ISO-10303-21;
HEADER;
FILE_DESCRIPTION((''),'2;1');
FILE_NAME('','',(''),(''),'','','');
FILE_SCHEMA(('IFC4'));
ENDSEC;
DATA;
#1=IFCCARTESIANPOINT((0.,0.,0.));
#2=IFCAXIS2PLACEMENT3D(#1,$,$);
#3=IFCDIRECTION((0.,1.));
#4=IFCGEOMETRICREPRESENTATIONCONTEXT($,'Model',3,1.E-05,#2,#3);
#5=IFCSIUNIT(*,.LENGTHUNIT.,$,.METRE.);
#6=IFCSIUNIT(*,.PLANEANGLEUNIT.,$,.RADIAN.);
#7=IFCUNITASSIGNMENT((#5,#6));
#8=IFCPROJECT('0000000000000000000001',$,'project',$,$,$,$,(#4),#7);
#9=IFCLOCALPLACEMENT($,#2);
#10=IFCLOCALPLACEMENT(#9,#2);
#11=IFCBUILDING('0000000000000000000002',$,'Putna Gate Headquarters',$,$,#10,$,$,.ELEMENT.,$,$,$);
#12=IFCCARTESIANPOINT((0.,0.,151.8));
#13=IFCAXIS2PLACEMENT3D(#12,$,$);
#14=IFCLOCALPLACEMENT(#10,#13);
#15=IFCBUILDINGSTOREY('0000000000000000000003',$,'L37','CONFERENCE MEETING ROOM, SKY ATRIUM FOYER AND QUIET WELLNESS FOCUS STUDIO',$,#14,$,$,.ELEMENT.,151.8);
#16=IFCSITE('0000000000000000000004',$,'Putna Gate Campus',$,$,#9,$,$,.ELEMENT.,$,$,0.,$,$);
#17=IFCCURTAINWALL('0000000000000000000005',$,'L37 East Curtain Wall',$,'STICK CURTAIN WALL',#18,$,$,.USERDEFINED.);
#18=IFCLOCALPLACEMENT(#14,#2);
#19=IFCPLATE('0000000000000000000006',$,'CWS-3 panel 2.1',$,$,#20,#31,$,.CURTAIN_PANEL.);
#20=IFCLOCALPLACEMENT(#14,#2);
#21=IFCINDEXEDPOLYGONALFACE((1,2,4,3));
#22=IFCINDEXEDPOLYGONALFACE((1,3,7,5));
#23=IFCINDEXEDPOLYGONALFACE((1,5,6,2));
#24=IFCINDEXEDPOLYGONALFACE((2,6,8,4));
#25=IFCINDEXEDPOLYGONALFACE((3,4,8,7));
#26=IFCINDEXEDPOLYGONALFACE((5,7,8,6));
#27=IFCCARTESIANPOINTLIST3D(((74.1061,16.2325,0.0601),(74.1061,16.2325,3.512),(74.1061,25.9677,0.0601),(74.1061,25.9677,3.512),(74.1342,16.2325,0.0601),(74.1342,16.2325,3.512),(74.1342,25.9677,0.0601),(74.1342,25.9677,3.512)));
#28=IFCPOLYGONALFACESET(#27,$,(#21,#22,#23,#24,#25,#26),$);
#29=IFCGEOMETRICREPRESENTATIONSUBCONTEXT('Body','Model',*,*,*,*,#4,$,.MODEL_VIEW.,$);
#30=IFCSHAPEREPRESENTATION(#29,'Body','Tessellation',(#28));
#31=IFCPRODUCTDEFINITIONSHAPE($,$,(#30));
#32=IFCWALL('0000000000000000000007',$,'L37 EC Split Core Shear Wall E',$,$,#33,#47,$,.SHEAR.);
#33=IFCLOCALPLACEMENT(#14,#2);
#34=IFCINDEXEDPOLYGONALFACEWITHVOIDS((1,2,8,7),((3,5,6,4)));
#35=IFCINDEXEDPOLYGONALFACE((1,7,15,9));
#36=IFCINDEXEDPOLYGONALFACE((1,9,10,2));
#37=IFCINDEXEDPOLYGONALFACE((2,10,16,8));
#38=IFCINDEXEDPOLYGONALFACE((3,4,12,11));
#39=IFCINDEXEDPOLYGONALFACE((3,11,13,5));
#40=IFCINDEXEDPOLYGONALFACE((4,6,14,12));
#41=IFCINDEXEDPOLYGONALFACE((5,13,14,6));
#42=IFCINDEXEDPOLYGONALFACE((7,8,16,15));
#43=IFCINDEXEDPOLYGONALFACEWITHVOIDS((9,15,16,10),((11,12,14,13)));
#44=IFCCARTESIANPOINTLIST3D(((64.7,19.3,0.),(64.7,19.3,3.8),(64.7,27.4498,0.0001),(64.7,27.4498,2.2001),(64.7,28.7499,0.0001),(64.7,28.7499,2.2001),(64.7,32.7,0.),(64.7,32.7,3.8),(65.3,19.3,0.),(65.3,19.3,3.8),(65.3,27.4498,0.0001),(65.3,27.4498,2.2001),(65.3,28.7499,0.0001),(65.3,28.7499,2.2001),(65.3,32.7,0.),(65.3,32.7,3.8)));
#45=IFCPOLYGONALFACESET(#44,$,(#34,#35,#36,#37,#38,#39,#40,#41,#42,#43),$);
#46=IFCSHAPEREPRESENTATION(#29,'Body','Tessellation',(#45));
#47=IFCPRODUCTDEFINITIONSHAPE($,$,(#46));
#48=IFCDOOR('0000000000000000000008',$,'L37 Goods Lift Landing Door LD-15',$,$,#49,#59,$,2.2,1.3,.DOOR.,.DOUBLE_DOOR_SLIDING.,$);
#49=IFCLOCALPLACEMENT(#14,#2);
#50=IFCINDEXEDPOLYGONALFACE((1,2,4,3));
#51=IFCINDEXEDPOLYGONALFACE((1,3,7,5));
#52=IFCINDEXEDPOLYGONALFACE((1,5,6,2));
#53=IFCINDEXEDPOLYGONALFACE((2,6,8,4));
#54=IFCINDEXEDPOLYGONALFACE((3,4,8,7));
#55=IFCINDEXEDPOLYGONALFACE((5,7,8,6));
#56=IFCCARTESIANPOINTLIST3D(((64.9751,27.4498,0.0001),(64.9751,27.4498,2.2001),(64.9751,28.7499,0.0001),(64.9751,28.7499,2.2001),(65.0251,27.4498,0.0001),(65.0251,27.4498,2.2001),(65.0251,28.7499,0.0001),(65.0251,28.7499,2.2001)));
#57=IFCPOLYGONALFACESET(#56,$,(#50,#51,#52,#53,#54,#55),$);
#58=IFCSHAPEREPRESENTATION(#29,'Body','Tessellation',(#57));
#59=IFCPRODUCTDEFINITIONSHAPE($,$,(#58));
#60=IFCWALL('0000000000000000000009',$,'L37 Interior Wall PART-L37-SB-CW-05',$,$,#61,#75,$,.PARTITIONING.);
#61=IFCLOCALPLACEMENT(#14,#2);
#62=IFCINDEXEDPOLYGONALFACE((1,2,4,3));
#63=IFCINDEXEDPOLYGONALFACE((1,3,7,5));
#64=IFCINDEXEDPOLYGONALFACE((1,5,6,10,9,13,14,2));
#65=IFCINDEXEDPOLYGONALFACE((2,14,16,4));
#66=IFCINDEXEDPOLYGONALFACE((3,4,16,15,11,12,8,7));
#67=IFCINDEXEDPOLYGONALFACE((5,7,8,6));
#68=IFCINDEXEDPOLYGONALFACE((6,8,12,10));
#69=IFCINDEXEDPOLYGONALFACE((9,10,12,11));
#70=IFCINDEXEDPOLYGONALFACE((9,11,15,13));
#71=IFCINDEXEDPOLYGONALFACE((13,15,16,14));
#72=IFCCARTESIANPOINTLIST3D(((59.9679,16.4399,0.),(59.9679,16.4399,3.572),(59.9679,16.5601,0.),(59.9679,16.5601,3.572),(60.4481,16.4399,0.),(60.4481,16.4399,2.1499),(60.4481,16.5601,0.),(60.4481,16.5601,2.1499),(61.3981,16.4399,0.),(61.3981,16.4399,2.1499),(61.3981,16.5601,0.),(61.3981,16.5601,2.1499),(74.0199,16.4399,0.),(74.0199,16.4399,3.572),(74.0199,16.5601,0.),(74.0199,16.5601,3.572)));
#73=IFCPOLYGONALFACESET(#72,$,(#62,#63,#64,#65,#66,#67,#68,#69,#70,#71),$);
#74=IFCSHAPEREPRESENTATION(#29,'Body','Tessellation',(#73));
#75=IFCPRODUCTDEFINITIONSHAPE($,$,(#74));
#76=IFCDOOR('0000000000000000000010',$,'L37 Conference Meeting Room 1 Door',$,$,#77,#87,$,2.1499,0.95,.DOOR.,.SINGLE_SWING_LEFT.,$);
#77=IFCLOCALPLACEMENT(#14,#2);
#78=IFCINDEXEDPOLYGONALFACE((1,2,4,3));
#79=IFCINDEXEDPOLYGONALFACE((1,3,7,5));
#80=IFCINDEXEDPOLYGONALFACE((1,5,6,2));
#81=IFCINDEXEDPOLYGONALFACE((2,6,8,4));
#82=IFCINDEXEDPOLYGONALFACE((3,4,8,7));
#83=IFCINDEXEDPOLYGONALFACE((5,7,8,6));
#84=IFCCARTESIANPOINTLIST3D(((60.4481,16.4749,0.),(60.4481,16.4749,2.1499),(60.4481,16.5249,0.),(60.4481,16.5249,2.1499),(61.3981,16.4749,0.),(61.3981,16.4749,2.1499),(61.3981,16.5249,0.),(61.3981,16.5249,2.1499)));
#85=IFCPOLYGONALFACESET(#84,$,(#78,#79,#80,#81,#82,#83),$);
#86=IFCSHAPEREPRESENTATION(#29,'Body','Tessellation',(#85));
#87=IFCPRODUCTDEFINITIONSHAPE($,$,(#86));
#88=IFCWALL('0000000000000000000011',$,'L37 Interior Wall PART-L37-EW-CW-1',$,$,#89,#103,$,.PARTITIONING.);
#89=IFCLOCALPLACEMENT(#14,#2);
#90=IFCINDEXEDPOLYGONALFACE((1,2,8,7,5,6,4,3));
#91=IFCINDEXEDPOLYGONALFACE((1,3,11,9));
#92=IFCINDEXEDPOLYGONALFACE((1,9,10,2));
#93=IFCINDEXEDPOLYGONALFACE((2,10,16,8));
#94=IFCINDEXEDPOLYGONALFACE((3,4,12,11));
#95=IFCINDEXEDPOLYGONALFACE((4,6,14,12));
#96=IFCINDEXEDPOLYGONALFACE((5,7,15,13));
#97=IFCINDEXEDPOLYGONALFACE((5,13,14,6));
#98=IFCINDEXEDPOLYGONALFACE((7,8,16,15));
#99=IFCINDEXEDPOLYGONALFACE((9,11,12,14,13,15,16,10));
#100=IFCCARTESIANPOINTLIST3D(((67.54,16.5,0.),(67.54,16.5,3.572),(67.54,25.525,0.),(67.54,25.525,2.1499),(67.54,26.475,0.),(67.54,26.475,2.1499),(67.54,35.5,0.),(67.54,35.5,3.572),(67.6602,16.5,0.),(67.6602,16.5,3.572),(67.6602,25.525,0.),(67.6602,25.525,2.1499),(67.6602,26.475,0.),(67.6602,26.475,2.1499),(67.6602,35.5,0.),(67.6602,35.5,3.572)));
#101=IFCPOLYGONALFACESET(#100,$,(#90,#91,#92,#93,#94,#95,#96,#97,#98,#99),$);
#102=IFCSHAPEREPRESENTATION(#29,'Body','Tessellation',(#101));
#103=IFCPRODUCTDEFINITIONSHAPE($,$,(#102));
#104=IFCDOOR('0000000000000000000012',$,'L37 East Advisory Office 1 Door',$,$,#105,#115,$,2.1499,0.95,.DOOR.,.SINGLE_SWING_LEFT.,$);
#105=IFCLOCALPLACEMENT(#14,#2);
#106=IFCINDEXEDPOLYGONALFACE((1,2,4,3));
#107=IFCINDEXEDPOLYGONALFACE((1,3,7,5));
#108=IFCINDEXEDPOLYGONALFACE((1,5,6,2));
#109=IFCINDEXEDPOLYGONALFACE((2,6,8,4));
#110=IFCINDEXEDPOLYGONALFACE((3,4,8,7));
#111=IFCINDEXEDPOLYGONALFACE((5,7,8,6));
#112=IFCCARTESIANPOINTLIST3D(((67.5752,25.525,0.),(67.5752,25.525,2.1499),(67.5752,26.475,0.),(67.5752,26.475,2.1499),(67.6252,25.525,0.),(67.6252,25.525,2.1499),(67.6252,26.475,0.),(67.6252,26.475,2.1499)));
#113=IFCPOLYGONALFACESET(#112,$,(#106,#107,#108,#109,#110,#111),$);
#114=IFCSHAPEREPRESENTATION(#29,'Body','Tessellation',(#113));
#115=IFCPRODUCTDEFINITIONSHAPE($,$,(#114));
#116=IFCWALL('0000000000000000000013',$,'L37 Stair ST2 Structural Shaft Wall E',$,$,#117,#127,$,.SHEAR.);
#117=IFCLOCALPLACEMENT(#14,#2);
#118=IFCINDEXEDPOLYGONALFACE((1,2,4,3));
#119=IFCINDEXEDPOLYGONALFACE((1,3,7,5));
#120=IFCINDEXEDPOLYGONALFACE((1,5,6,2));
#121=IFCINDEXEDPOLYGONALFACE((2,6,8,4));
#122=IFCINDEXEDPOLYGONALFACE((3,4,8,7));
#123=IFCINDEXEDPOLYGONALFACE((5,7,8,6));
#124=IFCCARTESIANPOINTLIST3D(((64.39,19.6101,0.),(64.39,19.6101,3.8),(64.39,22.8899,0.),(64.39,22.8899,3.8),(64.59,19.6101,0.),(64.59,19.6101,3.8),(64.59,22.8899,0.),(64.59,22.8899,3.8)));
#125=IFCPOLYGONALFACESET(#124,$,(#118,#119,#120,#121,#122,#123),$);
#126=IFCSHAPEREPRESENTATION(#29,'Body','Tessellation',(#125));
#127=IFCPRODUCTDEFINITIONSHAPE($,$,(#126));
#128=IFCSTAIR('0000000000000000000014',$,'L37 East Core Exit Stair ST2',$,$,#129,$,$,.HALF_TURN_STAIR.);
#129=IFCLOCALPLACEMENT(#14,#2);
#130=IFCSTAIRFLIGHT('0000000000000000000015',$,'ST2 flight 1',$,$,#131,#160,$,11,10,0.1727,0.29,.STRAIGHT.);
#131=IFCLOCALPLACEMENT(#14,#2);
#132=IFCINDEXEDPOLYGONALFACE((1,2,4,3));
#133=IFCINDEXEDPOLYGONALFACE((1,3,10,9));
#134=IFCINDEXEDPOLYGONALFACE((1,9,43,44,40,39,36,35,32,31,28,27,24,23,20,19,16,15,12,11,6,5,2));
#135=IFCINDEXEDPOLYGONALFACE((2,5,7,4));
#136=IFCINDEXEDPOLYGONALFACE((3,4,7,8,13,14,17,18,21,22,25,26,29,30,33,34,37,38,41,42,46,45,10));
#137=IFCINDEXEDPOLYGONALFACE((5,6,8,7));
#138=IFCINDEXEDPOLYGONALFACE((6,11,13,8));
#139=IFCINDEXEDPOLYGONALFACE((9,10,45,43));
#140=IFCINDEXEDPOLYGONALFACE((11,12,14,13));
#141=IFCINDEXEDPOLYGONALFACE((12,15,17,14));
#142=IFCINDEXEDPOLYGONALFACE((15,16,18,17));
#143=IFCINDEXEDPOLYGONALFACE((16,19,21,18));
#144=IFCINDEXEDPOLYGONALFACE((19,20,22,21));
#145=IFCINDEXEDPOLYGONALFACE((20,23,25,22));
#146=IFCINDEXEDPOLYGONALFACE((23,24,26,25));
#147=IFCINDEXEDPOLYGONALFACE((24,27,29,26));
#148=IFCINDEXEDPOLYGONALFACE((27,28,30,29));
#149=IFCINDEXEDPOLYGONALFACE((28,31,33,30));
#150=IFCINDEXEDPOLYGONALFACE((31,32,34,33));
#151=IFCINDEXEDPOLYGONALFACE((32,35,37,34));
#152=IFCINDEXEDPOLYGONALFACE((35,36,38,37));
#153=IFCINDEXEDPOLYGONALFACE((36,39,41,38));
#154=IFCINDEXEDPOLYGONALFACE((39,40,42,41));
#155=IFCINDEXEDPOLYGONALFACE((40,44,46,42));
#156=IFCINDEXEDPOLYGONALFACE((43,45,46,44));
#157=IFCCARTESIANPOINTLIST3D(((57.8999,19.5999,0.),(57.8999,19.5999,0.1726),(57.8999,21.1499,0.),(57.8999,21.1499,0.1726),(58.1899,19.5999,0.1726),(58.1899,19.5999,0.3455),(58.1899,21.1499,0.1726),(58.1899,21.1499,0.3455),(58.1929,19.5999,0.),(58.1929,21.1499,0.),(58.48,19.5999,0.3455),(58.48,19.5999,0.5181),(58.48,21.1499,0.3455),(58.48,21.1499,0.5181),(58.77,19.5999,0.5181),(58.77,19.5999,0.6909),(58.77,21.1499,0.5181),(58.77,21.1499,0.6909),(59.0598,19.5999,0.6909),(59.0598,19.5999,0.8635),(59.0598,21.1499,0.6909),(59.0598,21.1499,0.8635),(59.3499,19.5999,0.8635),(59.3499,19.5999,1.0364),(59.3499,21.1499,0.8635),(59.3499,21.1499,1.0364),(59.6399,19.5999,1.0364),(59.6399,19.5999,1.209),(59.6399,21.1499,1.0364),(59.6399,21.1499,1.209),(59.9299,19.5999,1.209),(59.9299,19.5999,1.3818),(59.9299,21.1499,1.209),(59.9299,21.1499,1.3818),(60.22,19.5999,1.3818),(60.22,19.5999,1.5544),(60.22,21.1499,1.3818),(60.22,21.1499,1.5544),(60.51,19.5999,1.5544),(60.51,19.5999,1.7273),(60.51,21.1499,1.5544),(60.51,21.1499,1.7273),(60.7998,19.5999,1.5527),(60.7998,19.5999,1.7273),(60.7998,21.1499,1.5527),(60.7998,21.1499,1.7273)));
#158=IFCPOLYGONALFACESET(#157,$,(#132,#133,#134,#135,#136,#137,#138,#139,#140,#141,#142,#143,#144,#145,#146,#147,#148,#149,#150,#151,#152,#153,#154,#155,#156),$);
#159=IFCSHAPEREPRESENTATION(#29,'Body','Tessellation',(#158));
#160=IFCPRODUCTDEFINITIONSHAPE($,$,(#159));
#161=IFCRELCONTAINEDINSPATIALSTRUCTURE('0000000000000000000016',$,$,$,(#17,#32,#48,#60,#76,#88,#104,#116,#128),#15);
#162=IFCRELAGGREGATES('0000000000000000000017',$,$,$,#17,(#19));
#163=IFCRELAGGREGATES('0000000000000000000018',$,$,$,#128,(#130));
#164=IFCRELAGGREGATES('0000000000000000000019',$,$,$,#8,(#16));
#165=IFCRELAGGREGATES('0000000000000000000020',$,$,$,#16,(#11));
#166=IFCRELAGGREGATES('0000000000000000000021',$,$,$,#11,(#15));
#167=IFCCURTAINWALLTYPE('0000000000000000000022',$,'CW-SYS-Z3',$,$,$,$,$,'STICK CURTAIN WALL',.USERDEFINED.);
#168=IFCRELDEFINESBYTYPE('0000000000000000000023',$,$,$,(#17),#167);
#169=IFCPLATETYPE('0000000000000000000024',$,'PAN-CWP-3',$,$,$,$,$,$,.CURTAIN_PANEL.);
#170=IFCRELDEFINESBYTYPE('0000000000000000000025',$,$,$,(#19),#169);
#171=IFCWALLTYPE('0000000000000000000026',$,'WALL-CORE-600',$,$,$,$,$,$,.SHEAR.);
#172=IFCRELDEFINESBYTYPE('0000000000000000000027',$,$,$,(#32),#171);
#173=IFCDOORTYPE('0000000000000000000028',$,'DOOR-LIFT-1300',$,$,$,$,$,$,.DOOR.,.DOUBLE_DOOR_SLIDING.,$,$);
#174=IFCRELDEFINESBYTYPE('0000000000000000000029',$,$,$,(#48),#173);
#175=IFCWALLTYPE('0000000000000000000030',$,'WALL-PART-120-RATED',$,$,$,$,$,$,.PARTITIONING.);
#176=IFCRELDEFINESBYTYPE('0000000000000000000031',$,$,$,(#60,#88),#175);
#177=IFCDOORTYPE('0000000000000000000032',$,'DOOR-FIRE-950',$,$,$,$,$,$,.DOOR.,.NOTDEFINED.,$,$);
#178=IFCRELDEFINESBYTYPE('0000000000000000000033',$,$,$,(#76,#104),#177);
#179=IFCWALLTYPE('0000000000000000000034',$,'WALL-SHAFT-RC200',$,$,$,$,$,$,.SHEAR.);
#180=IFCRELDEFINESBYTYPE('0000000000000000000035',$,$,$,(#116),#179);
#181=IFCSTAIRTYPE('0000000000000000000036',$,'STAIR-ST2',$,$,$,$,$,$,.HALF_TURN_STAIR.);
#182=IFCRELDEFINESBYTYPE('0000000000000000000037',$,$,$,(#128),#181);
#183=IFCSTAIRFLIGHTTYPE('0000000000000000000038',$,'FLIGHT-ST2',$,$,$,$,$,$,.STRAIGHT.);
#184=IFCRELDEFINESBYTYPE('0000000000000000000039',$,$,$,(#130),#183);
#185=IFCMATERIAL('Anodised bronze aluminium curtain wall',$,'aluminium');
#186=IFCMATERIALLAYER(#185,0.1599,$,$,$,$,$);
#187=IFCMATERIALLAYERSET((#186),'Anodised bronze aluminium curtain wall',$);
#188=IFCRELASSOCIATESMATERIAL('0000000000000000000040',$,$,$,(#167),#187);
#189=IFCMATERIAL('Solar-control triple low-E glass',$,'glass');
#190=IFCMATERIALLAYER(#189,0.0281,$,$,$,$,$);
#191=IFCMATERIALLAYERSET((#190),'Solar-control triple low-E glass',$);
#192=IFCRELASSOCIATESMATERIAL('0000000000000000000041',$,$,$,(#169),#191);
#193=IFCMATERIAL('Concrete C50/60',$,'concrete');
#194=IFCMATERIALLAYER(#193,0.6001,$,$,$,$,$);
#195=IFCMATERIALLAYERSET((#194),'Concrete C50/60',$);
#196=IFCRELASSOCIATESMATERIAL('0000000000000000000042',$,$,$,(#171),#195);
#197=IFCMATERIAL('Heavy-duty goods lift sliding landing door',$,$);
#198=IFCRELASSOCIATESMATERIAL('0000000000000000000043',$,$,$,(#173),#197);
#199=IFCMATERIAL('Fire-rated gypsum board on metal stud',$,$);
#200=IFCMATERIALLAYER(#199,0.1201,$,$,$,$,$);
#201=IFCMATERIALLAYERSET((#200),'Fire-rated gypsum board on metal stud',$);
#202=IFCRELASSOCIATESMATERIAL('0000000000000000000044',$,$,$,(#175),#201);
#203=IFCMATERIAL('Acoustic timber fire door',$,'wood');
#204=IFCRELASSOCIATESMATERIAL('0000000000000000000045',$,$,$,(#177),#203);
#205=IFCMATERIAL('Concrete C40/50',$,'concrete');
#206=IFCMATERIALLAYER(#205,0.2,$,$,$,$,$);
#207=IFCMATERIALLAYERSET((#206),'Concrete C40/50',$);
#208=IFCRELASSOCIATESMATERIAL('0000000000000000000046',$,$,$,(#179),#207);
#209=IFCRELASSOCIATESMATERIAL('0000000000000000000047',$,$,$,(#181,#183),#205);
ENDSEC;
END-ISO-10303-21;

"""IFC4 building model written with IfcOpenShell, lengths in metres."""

from ifc_helpers import new_model, si_unit, direction, frame, frame_2d, origin, origin_2d, place, context, subcontext, project, spatial, polyline, rectangle, outline, extrude, material, layer, layer_set, type_object, element, fill, aggregate, save


model = new_model("IFC4")

# Units and contexts
model_context = context("Model", 3, precision=1e-05, world=origin(), true_north=direction((0.0, 1.0)))
body_context = subcontext(model_context, "Body", "Model", "MODEL_VIEW")
ifc_project = project(units=[si_unit("LENGTHUNIT", "METRE"), si_unit("PLANEANGLEUNIT", "RADIAN")], contexts=[model_context])

# Site, building, storey
site_placement = place(None, origin())
site = spatial("IfcSite", under=ifc_project, at=site_placement, Name="Putna Gate Campus", CompositionType="ELEMENT", RefElevation=0.0)
building_placement = place(site_placement, origin())
building = spatial("IfcBuilding", under=site, at=building_placement, Name="Putna Gate Headquarters", CompositionType="ELEMENT")
storey_placement = place(building_placement, frame((0.0, 0.0, 151.8)))
storey = spatial("IfcBuildingStorey", under=building, at=storey_placement, Name="L37", Description="CONFERENCE MEETING ROOM, SKY ATRIUM FOYER AND QUIET WELLNESS FOCUS STUDIO", CompositionType="ELEMENT", Elevation=151.8)

# Shared definitions
ifc_material_1 = material(Name="Concrete C50/60", Category="concrete")

# Curtain wall, plate
ifc_material_2 = material(Name="Anodised bronze aluminium curtain wall", Category="aluminium")
ifc_layer_1 = layer(ifc_material_2, 0.1599)
ifc_layer_set_1 = layer_set([ifc_layer_1], Name="Anodised bronze aluminium curtain wall")
curtain_wall_type = type_object("IfcCurtainWallType", Name="CW-SYS-Z3", ElementType="STICK CURTAIN WALL", PredefinedType="USERDEFINED", material=ifc_layer_set_1)
curtain_wall_placement = place(storey_placement, origin())
curtain_wall = element("IfcCurtainWall", 1, at=curtain_wall_placement, inside=storey, type_object=curtain_wall_type, Name="L37 East Curtain Wall", ObjectType="STICK CURTAIN WALL", PredefinedType="USERDEFINED")
ifc_material_3 = material(Name="Solar-control triple low-E glass", Category="glass")
ifc_layer_2 = layer(ifc_material_3, 0.0281)
ifc_layer_set_2 = layer_set([ifc_layer_2], Name="Solar-control triple low-E glass")
plate_type = type_object("IfcPlateType", Name="PAN-CWP-3", PredefinedType="CURTAIN_PANEL", material=ifc_layer_set_2)
plate_placement = place(storey_placement, frame((74.1201, 21.1001, 0.0601), z_axis=(0.0, 0.0, 1.0), x_axis=(0.0, 1.0, 0.0)))
plate = element("IfcPlate", 2, at=plate_placement, type_object=plate_type, Name="CWS-3 panel 2.1", PredefinedType="CURTAIN_PANEL", context=body_context, shape_type="SweptSolid", body=[
    extrude(rectangle(XDim=9.7351, YDim=0.0281, at=origin_2d()), origin(), (0.0, 0.0, 1.0), 3.4519),
])
aggregate(curtain_wall, [plate])

# Walls, openings, doors
ifc_layer_3 = layer(ifc_material_1, 0.6001)
ifc_layer_set_3 = layer_set([ifc_layer_3], Name="Concrete C50/60")
wall_type_1 = type_object("IfcWallType", Name="WALL-CORE-600", PredefinedType="SHEAR", material=ifc_layer_set_3)
wall_1_placement = place(storey_placement, frame((65.0, 19.3, 0.0), z_axis=(0.0, 0.0, 1.0), x_axis=(0.0, 1.0, 0.0)))
wall_1 = element("IfcWall", 3, at=wall_1_placement, inside=storey, type_object=wall_type_1, Name="L37 EC Split Core Shear Wall E", PredefinedType="SHEAR", context=body_context, shape_type="SweptSolid", body=[
    extrude(rectangle(XDim=13.3999, YDim=0.6001, at=frame_2d((6.7, 0.0))), origin(), (0.0, 0.0, 1.0), 3.8),
])
opening_1_placement = place(wall_1_placement, frame((8.1499, 0.0, 0.0)))
opening_1 = element("IfcOpeningElement", 4, at=opening_1_placement, cuts=wall_1, PredefinedType="OPENING", context=body_context, shape_type="SweptSolid", body=[
    extrude(rectangle(XDim=1.3, YDim=2.2, at=frame_2d((0.6499, 1.1001))), frame((0.0, 0.3101, 0.0), z_axis=(0.0, -1.0, 0.0), x_axis=(1.0, 0.0, 0.0)), (0.0, 0.0, 1.0), 0.6201),
])
ifc_material_4 = material(Name="Heavy-duty goods lift sliding landing door")
door_type_1 = type_object("IfcDoorType", Name="DOOR-LIFT-1300", OperationType="DOUBLE_DOOR_SLIDING", PredefinedType="DOOR", material=ifc_material_4)
door_1_placement = place(opening_1_placement, origin())
door_1 = element("IfcDoor", 5, at=door_1_placement, inside=storey, type_object=door_type_1, Name="L37 Goods Lift Landing Door LD-15", OperationType="DOUBLE_DOOR_SLIDING", OverallHeight=2.2, OverallWidth=1.3, PredefinedType="DOOR", context=body_context, shape_type="SweptSolid", body=[
    extrude(rectangle(XDim=1.3, YDim=2.2, at=frame_2d((0.6499, 1.1001))), frame((0.0, 0.0249, 0.0), z_axis=(0.0, -1.0, 0.0), x_axis=(1.0, 0.0, 0.0)), (0.0, 0.0, 1.0), 0.05),
])
fill(opening_1, door_1)
ifc_material_5 = material(Name="Fire-rated gypsum board on metal stud")
ifc_layer_4 = layer(ifc_material_5, 0.1201)
ifc_layer_set_4 = layer_set([ifc_layer_4], Name="Fire-rated gypsum board on metal stud")
wall_type_2 = type_object("IfcWallType", Name="WALL-PART-120-RATED", PredefinedType="PARTITIONING", material=ifc_layer_set_4)
wall_2_placement = place(storey_placement, frame((59.968, 16.5, 0.0), z_axis=(0.0, 0.0, 1.0), x_axis=(1.0, 0.0, 0.0)))
wall_2 = element("IfcWall", 6, at=wall_2_placement, inside=storey, type_object=wall_type_2, Name="L37 Interior Wall PART-L37-SB-CW-05", PredefinedType="PARTITIONING", context=body_context, shape_type="SweptSolid", body=[
    extrude(rectangle(XDim=14.052, YDim=0.1201, at=frame_2d((7.0259, 0.0))), origin(), (0.0, 0.0, 1.0), 3.572),
])
opening_2_placement = place(wall_2_placement, frame((0.48, 0.0, 0.0)))
opening_2 = element("IfcOpeningElement", 7, at=opening_2_placement, cuts=wall_2, PredefinedType="OPENING", context=body_context, shape_type="SweptSolid", body=[
    extrude(rectangle(XDim=0.95, YDim=2.1499, at=frame_2d((0.4751, 1.075))), frame((0.0, 0.0701, 0.0), z_axis=(0.0, -1.0, 0.0), x_axis=(1.0, 0.0, 0.0)), (0.0, 0.0, 1.0), 0.1401),
])
ifc_material_6 = material(Name="Acoustic timber fire door", Category="wood")
door_type_2 = type_object("IfcDoorType", Name="DOOR-FIRE-950", OperationType="NOTDEFINED", PredefinedType="DOOR", material=ifc_material_6)
door_2_placement = place(opening_2_placement, origin())
door_2 = element("IfcDoor", 8, at=door_2_placement, inside=storey, type_object=door_type_2, Name="L37 Conference Meeting Room 1 Door", OperationType="SINGLE_SWING_LEFT", OverallHeight=2.1499, OverallWidth=0.95, PredefinedType="DOOR", context=body_context, shape_type="SweptSolid", body=[
    extrude(rectangle(XDim=0.95, YDim=2.1499, at=frame_2d((0.4751, 1.075))), frame((0.0, 0.0249, 0.0), z_axis=(0.0, -1.0, 0.0), x_axis=(1.0, 0.0, 0.0)), (0.0, 0.0, 1.0), 0.05),
])
fill(opening_2, door_2)
wall_3_placement = place(storey_placement, frame((67.6001, 16.5, 0.0), z_axis=(0.0, 0.0, 1.0), x_axis=(0.0, 1.0, 0.0)))
wall_3 = element("IfcWall", 9, at=wall_3_placement, inside=storey, type_object=wall_type_2, Name="L37 Interior Wall PART-L37-EW-CW-1", PredefinedType="PARTITIONING", context=body_context, shape_type="SweptSolid", body=[
    extrude(rectangle(XDim=19.0, YDim=0.1201, at=frame_2d((9.5, 0.0))), origin(), (0.0, 0.0, 1.0), 3.572),
])
opening_3_placement = place(wall_3_placement, frame((9.0249, 0.0, 0.0)))
opening_3 = element("IfcOpeningElement", 10, at=opening_3_placement, cuts=wall_3, PredefinedType="OPENING", context=body_context, shape_type="SweptSolid", body=[
    extrude(rectangle(XDim=0.95, YDim=2.1499, at=frame_2d((0.4751, 1.075))), frame((0.0, 0.0701, 0.0), z_axis=(0.0, -1.0, 0.0), x_axis=(1.0, 0.0, 0.0)), (0.0, 0.0, 1.0), 0.1401),
])
door_3_placement = place(opening_3_placement, origin())
door_3 = element("IfcDoor", 11, at=door_3_placement, inside=storey, type_object=door_type_2, Name="L37 East Advisory Office 1 Door", OperationType="SINGLE_SWING_LEFT", OverallHeight=2.1499, OverallWidth=0.95, PredefinedType="DOOR", context=body_context, shape_type="SweptSolid", body=[
    extrude(rectangle(XDim=0.95, YDim=2.1499, at=frame_2d((0.4751, 1.075))), frame((0.0, 0.0249, 0.0), z_axis=(0.0, -1.0, 0.0), x_axis=(1.0, 0.0, 0.0)), (0.0, 0.0, 1.0), 0.05),
])
fill(opening_3, door_3)

# Wall
ifc_material_7 = material(Name="Concrete C40/50", Category="concrete")
ifc_layer_5 = layer(ifc_material_7, 0.2)
ifc_layer_set_5 = layer_set([ifc_layer_5], Name="Concrete C40/50")
wall_type_3 = type_object("IfcWallType", Name="WALL-SHAFT-RC200", PredefinedType="SHEAR", material=ifc_layer_set_5)
wall_4_placement = place(storey_placement, frame((64.49, 19.6101, 0.0), z_axis=(0.0, 0.0, 1.0), x_axis=(0.0, 1.0, 0.0)))
element("IfcWall", 12, at=wall_4_placement, inside=storey, type_object=wall_type_3, Name="L37 Stair ST2 Structural Shaft Wall E", PredefinedType="SHEAR", context=body_context, shape_type="SweptSolid", body=[
    extrude(rectangle(XDim=3.2798, YDim=0.2, at=frame_2d((1.6399, 0.0))), origin(), (0.0, 0.0, 1.0), 3.8),
])

# Stair, stair flight
stair_type = type_object("IfcStairType", Name="STAIR-ST2", PredefinedType="HALF_TURN_STAIR", material=ifc_material_7)
stair_placement = place(storey_placement, origin())
stair = element("IfcStair", 13, at=stair_placement, inside=storey, type_object=stair_type, Name="L37 East Core Exit Stair ST2", PredefinedType="HALF_TURN_STAIR")
stair_flight_type = type_object("IfcStairFlightType", Name="FLIGHT-ST2", PredefinedType="STRAIGHT", material=ifc_material_7)
stair_flight_1_placement = place(storey_placement, frame((57.8999, 20.375, 0.0), z_axis=(0.0, 0.0, 1.0), x_axis=(1.0, 0.0, 0.0)))
stair_flight_1 = element("IfcStairFlight", 14, at=stair_flight_1_placement, type_object=stair_flight_type, Name="ST2 flight 1", NumberOfRisers=11, NumberOfTreads=10, PredefinedType="STRAIGHT", RiserHeight=0.1727, TreadLength=0.29, context=body_context, shape_type="SweptSolid", body=[
    extrude(outline(polyline([(0.0, 0.0), (0.0, 0.1726), (0.29, 0.1726), (0.29, 0.3455), (0.5801, 0.3455), (0.5801, 0.5181), (0.8701, 0.5181), (0.8701, 0.6909), (1.1599, 0.6909), (1.1599, 0.8635), (1.45, 0.8635), (1.45, 1.0364), (1.74, 1.0364), (1.74, 1.209), (2.03, 1.209), (2.03, 1.3818), (2.3201, 1.3818), (2.3201, 1.5544), (2.6101, 1.5544), (2.6101, 1.7273), (2.8999, 1.7273), (2.8999, 1.8999), (2.8999, 1.5527), (0.293, 0.0), (0.0, 0.0)])), frame((0.0, 0.7749, 0.0), z_axis=(0.0, -1.0, 0.0), x_axis=(1.0, 0.0, 0.0)), (0.0, 0.0, 1.0), 1.55),
])
aggregate(stair, [stair_flight_1])

save(model, "model.ifc")
